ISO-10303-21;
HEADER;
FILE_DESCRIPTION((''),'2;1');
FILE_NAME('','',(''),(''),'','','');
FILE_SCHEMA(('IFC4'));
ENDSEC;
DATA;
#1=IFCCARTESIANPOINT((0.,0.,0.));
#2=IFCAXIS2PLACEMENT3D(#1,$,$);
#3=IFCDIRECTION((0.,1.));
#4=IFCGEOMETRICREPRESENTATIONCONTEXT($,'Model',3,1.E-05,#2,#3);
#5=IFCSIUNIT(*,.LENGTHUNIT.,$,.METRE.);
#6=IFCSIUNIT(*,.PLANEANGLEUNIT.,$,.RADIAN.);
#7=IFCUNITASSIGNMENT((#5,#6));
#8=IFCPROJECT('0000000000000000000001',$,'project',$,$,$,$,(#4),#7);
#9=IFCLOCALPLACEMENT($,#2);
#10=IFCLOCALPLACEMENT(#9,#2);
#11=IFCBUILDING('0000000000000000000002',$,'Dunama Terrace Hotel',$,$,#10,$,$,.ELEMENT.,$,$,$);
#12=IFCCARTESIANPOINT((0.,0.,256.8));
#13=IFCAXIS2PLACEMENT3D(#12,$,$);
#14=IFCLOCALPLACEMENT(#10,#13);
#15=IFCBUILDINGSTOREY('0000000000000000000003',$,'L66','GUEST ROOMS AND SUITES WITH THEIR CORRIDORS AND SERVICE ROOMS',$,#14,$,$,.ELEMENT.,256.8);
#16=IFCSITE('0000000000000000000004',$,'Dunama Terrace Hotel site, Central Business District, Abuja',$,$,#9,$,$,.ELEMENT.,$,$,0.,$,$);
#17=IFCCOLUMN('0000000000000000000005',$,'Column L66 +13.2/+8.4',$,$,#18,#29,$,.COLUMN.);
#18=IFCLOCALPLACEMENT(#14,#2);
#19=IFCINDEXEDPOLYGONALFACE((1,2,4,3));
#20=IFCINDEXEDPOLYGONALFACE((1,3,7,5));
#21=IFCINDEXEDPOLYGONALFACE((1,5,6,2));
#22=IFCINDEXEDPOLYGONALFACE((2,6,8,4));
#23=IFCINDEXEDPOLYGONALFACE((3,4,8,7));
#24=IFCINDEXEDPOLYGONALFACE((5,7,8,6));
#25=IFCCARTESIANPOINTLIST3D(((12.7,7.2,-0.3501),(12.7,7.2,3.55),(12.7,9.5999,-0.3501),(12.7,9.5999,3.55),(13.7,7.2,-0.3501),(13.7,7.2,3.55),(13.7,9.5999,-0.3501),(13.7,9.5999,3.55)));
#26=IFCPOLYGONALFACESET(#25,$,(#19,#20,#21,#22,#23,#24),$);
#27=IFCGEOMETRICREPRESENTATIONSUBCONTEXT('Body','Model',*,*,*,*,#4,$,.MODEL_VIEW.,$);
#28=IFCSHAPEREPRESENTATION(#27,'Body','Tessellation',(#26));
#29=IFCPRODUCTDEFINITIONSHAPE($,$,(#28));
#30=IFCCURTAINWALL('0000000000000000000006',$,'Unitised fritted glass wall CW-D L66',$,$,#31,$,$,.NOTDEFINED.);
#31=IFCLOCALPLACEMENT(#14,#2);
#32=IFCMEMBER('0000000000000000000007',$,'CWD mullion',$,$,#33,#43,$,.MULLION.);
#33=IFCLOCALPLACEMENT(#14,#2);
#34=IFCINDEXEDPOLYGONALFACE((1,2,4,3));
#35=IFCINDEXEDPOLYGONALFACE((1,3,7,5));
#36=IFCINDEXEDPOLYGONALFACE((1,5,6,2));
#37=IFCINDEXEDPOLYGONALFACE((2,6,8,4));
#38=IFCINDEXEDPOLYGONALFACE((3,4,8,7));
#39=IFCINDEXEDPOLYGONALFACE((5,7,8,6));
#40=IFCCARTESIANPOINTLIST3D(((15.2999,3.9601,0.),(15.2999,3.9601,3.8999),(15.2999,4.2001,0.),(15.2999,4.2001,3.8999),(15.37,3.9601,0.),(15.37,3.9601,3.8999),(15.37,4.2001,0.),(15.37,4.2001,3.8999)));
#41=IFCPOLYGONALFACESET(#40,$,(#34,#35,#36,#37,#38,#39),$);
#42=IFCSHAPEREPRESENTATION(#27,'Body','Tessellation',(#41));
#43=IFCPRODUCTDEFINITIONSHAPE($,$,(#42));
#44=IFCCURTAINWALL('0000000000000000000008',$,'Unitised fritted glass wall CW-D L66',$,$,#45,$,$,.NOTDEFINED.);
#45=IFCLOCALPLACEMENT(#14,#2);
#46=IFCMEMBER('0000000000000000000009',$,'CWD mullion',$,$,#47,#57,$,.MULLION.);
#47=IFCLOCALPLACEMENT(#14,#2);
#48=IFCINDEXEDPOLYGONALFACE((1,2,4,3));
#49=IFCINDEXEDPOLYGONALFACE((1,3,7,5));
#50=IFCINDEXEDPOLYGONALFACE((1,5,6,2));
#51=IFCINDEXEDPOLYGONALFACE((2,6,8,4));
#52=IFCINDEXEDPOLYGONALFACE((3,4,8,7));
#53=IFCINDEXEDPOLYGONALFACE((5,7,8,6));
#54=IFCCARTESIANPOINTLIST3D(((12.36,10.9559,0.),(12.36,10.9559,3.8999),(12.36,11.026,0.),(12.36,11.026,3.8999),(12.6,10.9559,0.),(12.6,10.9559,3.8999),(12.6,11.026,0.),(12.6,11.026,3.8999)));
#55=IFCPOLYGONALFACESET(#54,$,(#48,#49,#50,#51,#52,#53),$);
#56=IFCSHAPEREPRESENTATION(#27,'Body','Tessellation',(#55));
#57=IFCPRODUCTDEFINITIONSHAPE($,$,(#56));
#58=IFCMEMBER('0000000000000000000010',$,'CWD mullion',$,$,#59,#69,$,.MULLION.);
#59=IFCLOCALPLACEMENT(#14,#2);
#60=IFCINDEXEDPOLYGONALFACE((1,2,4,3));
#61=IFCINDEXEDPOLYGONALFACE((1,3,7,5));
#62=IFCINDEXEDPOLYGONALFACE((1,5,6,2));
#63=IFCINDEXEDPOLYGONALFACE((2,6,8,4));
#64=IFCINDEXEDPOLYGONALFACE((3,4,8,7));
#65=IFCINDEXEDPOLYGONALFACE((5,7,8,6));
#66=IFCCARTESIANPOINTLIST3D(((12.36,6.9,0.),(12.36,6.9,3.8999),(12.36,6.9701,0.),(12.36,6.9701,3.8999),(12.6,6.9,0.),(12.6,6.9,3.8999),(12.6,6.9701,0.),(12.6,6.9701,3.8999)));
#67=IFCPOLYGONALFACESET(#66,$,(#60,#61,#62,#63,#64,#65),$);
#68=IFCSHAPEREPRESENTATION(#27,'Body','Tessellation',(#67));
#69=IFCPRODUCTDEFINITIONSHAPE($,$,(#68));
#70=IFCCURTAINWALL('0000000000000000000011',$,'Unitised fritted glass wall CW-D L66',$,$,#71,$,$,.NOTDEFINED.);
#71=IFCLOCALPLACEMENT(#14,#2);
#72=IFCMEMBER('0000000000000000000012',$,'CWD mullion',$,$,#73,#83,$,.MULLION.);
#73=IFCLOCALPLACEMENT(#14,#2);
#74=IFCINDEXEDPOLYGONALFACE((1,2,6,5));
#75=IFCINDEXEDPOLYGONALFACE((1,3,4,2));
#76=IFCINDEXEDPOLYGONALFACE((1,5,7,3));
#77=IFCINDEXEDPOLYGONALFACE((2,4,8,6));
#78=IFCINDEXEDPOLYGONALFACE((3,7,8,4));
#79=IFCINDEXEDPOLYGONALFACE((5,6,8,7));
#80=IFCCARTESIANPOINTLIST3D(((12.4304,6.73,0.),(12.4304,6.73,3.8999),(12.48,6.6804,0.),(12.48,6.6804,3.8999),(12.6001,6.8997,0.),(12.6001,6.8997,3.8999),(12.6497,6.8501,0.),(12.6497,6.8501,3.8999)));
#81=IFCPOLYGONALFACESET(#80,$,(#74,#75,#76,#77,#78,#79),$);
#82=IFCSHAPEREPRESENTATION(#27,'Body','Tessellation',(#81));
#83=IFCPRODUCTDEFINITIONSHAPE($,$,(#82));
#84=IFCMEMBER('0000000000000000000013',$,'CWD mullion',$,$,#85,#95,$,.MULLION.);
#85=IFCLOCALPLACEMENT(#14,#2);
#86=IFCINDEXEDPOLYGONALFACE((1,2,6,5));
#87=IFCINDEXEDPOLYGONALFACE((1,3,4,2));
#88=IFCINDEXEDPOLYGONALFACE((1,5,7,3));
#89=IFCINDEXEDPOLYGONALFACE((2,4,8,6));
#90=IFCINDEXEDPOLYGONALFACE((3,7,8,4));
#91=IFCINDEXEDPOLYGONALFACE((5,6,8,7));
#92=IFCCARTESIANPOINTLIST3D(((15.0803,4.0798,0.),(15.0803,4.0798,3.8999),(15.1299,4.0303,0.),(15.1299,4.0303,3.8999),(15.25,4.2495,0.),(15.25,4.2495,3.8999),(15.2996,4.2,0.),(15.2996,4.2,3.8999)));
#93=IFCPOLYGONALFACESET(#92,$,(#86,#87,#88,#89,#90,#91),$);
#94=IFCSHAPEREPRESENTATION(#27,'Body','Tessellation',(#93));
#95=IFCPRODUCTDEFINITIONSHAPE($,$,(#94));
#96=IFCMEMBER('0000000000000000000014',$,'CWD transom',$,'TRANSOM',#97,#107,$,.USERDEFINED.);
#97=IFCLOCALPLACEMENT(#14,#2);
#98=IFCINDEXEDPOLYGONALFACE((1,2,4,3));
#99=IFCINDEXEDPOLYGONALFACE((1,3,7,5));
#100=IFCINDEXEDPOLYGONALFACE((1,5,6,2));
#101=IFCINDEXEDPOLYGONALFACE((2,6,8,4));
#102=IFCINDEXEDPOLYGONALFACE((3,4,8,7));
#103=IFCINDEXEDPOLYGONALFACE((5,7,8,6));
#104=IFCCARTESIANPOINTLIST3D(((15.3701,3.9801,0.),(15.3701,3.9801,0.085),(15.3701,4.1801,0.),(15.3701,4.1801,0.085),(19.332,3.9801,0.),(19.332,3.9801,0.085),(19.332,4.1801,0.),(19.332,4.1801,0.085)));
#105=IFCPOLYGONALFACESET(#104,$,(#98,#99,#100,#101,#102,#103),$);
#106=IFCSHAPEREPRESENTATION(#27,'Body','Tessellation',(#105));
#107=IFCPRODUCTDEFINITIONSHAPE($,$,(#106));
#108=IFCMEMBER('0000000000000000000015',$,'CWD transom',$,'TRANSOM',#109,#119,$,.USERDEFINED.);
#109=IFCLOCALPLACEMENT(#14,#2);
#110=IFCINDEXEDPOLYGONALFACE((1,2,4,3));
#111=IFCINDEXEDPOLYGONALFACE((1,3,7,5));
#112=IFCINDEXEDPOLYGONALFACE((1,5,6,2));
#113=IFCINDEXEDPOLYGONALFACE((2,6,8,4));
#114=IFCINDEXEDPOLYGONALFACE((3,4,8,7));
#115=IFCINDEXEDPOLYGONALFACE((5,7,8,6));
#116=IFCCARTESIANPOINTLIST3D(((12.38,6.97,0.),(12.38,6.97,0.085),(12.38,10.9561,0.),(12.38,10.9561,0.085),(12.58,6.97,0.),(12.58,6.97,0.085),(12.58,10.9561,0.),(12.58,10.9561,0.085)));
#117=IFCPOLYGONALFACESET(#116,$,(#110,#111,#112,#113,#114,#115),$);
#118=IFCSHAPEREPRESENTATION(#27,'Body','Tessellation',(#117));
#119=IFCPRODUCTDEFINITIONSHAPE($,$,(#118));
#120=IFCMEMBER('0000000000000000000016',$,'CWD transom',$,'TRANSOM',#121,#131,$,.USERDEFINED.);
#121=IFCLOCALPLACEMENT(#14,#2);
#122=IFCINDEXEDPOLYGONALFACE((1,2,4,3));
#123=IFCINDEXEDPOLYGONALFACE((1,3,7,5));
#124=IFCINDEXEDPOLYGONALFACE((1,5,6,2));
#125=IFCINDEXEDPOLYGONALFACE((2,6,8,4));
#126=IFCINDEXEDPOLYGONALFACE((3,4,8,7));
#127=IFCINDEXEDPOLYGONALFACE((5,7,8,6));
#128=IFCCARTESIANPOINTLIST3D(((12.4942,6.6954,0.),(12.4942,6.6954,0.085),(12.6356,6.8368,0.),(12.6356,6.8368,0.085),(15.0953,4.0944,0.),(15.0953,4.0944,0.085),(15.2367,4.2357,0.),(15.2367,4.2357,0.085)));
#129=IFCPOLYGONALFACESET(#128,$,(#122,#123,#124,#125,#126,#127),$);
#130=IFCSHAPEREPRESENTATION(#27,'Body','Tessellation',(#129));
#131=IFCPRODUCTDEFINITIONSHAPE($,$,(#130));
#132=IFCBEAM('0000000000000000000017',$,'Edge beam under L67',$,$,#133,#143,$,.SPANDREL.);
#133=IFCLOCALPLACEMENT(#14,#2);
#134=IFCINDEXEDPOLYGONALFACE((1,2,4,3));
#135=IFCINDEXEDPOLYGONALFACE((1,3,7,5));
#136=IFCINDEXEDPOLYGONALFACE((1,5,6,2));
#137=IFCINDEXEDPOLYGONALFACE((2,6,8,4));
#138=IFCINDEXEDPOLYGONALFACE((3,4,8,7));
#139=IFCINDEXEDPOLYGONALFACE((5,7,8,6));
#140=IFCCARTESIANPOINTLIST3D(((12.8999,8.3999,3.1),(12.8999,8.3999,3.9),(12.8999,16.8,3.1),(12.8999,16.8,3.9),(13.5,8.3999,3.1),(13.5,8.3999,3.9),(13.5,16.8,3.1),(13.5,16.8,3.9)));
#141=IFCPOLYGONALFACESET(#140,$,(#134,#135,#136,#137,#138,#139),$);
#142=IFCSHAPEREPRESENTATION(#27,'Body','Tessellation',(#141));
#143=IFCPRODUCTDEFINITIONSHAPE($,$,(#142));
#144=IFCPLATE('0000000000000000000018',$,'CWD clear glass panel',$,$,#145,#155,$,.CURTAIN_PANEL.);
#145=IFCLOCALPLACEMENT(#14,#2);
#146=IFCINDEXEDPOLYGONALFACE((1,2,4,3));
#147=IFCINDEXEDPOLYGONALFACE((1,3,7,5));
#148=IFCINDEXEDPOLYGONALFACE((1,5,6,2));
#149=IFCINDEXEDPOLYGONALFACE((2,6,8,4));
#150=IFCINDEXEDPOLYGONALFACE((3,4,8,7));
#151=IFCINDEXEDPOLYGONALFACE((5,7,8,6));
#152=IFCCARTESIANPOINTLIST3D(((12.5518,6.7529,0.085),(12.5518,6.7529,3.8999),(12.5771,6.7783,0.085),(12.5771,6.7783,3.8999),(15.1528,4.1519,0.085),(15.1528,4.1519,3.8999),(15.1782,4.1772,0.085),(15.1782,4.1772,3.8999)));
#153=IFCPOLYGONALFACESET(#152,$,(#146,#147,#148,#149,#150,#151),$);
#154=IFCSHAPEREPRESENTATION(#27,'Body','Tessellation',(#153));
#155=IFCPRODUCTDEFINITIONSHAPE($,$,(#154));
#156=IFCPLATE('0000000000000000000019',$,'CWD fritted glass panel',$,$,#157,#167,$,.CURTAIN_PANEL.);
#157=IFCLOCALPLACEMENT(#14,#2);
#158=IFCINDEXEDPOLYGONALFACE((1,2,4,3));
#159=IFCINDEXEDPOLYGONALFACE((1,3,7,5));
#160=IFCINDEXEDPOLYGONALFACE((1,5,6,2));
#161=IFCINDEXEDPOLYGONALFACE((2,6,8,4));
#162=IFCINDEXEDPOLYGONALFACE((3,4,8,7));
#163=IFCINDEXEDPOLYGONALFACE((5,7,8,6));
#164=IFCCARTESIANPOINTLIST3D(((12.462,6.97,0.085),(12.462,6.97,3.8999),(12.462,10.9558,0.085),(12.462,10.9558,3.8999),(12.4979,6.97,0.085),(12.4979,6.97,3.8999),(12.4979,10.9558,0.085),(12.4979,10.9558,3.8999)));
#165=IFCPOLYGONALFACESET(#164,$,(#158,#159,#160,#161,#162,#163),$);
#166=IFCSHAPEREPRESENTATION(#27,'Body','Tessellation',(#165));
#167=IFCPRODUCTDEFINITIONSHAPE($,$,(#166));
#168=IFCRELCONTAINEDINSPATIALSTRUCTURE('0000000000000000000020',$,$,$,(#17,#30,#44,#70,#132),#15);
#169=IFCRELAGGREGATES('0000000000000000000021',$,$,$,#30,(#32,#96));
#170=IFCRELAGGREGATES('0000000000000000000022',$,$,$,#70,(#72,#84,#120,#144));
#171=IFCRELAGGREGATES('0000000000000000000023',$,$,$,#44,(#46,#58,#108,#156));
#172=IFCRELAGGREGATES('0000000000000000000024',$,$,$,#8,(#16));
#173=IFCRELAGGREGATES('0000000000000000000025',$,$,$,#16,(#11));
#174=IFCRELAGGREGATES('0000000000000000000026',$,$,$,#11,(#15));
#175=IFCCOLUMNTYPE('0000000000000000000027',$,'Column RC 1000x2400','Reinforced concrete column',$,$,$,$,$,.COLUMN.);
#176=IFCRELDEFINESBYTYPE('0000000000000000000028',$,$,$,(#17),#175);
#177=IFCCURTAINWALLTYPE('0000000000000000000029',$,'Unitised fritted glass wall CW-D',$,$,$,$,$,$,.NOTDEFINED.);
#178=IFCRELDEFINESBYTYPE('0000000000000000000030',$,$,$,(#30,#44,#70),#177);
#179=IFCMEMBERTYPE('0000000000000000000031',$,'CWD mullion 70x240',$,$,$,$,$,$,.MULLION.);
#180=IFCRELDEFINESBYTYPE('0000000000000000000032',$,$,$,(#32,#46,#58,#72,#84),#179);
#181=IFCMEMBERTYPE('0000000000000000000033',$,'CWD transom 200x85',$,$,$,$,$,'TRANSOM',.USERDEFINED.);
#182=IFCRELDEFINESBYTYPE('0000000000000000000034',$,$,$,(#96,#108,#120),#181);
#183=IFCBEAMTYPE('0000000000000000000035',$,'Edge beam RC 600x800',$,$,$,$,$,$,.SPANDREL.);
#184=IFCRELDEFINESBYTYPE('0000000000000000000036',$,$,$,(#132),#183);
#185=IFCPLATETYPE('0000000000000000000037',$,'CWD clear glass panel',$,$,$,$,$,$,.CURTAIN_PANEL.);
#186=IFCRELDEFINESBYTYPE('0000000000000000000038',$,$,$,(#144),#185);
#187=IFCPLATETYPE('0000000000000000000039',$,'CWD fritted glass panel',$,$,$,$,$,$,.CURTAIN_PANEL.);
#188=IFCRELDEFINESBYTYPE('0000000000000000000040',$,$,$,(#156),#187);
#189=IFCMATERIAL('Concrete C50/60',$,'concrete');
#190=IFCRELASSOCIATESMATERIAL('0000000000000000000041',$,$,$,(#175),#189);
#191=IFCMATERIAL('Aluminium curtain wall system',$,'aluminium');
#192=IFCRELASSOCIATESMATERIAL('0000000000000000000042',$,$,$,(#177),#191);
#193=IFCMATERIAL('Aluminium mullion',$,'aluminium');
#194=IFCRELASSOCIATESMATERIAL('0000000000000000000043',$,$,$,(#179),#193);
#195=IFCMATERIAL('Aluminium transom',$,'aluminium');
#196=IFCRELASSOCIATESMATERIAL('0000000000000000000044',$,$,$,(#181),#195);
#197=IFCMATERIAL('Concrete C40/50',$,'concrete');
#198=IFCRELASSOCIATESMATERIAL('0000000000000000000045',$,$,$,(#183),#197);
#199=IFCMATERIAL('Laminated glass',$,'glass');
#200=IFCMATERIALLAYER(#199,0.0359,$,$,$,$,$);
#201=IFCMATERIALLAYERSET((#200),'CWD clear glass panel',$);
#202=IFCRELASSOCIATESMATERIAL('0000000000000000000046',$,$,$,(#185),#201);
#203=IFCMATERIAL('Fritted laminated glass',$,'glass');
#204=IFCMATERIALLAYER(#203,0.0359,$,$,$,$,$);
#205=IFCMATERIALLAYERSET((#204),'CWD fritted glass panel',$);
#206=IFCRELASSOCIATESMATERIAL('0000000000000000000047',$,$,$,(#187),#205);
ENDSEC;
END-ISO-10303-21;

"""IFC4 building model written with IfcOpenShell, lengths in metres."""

from ifc_helpers import new_model, si_unit, direction, frame, origin, origin_2d, place, context, subcontext, project, spatial, rectangle, extrude, material, layer, layer_set, material_profile, profile_set, type_object, element, aggregate, save


model = new_model("IFC4")

# Units and contexts
model_context = context("Model", 3, precision=1e-05, world=origin(), true_north=direction((0.0, 1.0)))
body_context = subcontext(model_context, "Body", "Model", "MODEL_VIEW")
ifc_project = project(units=[si_unit("LENGTHUNIT", "METRE"), si_unit("PLANEANGLEUNIT", "RADIAN")], contexts=[model_context])

# Site, building, storey
site_placement = place(None, origin())
site = spatial("IfcSite", under=ifc_project, at=site_placement, Name="Dunama Terrace Hotel site, Central Business District, Abuja", CompositionType="ELEMENT", RefElevation=0.0)
building_placement = place(site_placement, origin())
building = spatial("IfcBuilding", under=site, at=building_placement, Name="Dunama Terrace Hotel", CompositionType="ELEMENT")
storey_placement = place(building_placement, frame((0.0, 0.0, 256.8)))
storey = spatial("IfcBuildingStorey", under=building, at=storey_placement, Name="L66", Description="GUEST ROOMS AND SUITES WITH THEIR CORRIDORS AND SERVICE ROOMS", CompositionType="ELEMENT", Elevation=256.8)

# Column
ifc_material_1 = material(Name="Concrete C50/60", Category="concrete")
ifc_material_profile_1 = material_profile(ifc_material_1, rectangle(XDim=1.0, YDim=2.3999, at=origin_2d()), Name="RC 1000x2400")
ifc_profile_set_1 = profile_set([ifc_material_profile_1], Name="Concrete C50/60")
column_type = type_object("IfcColumnType", Name="Column RC 1000x2400", Description="Reinforced concrete column", PredefinedType="COLUMN", material=ifc_profile_set_1)
column_placement = place(storey_placement, frame((13.2, 8.3999, -0.3501), z_axis=(0.0, 0.0, 1.0), x_axis=(1.0, 0.0, 0.0)))
element("IfcColumn", 1, at=column_placement, inside=storey, type_object=column_type, Name="Column L66 +13.2/+8.4", PredefinedType="COLUMN", context=body_context, shape_type="SweptSolid", body=[
    extrude(rectangle(XDim=1.0, YDim=2.3999, at=origin_2d()), origin(), (0.0, 0.0, 1.0), 3.9001),
])

# Curtain wall, member
ifc_material_2 = material(Name="Aluminium curtain wall system", Category="aluminium")
curtain_wall_type = type_object("IfcCurtainWallType", Name="Unitised fritted glass wall CW-D", PredefinedType="NOTDEFINED", material=ifc_material_2)
curtain_wall_1_placement = place(storey_placement, origin())
curtain_wall_1 = element("IfcCurtainWall", 2, at=curtain_wall_1_placement, inside=storey, type_object=curtain_wall_type, Name="Unitised fritted glass wall CW-D L66", PredefinedType="NOTDEFINED")
ifc_material_3 = material(Name="Aluminium mullion", Category="aluminium")
ifc_material_profile_2 = material_profile(ifc_material_3, rectangle(XDim=0.0701, YDim=0.24, at=origin_2d()), Name="CWD MULLION 70X240")
ifc_profile_set_2 = profile_set([ifc_material_profile_2], Name="Aluminium mullion")
member_type_1 = type_object("IfcMemberType", Name="CWD mullion 70x240", PredefinedType="MULLION", material=ifc_profile_set_2)
member_1_placement = place(storey_placement, frame((15.335, 4.0801, 0.0), z_axis=(0.0, 0.0, 1.0), x_axis=(1.0, 0.0, 0.0)))
member_1 = element("IfcMember", 3, at=member_1_placement, type_object=member_type_1, Name="CWD mullion", PredefinedType="MULLION", context=body_context, shape_type="SweptSolid", body=[
    extrude(rectangle(XDim=0.0701, YDim=0.24, at=origin_2d()), origin(), (0.0, 0.0, 1.0), 3.8999),
])

# Curtain walls, members
curtain_wall_2_placement = place(storey_placement, origin())
curtain_wall_2 = element("IfcCurtainWall", 4, at=curtain_wall_2_placement, inside=storey, type_object=curtain_wall_type, Name="Unitised fritted glass wall CW-D L66", PredefinedType="NOTDEFINED")
member_2_placement = place(storey_placement, frame((12.48, 10.991, 0.0), z_axis=(0.0, 0.0, 1.0), x_axis=(0.0, -1.0, 0.0)))
member_2 = element("IfcMember", 5, at=member_2_placement, type_object=member_type_1, Name="CWD mullion", PredefinedType="MULLION", context=body_context, shape_type="SweptSolid", body=[
    extrude(rectangle(XDim=0.0701, YDim=0.24, at=origin_2d()), origin(), (0.0, 0.0, 1.0), 3.8999),
])
member_3_placement = place(storey_placement, frame((12.48, 6.9351, 0.0), z_axis=(0.0, 0.0, 1.0), x_axis=(0.0, -1.0, 0.0)))
member_3 = element("IfcMember", 6, at=member_3_placement, type_object=member_type_1, Name="CWD mullion", PredefinedType="MULLION", context=body_context, shape_type="SweptSolid", body=[
    extrude(rectangle(XDim=0.0701, YDim=0.24, at=origin_2d()), origin(), (0.0, 0.0, 1.0), 3.8999),
])
curtain_wall_3_placement = place(storey_placement, origin())
curtain_wall_3 = element("IfcCurtainWall", 7, at=curtain_wall_3_placement, inside=storey, type_object=curtain_wall_type, Name="Unitised fritted glass wall CW-D L66", PredefinedType="NOTDEFINED")
member_4_placement = place(storey_placement, frame((12.54, 6.79, 0.0), z_axis=(0.0, 0.0, 1.0), x_axis=(0.707107, -0.707107, 0.0)))
member_4 = element("IfcMember", 8, at=member_4_placement, type_object=member_type_1, Name="CWD mullion", PredefinedType="MULLION", context=body_context, shape_type="SweptSolid", body=[
    extrude(rectangle(XDim=0.0701, YDim=0.24, at=origin_2d()), origin(), (0.0, 0.0, 1.0), 3.8999),
])
member_5_placement = place(storey_placement, frame((15.1899, 4.1399, 0.0), z_axis=(0.0, 0.0, 1.0), x_axis=(0.707107, -0.707107, 0.0)))
member_5 = element("IfcMember", 9, at=member_5_placement, type_object=member_type_1, Name="CWD mullion", PredefinedType="MULLION", context=body_context, shape_type="SweptSolid", body=[
    extrude(rectangle(XDim=0.0701, YDim=0.24, at=origin_2d()), origin(), (0.0, 0.0, 1.0), 3.8999),
])

# Members
ifc_material_4 = material(Name="Aluminium transom", Category="aluminium")
ifc_material_profile_3 = material_profile(ifc_material_4, rectangle(XDim=0.2, YDim=0.085, at=origin_2d()), Name="CWD TRANSOM 200X85")
ifc_profile_set_3 = profile_set([ifc_material_profile_3], Name="Aluminium transom")
member_type_2 = type_object("IfcMemberType", Name="CWD transom 200x85", ElementType="TRANSOM", PredefinedType="USERDEFINED", material=ifc_profile_set_3)
member_6_placement = place(storey_placement, frame((15.3701, 4.0801, 0.0425), z_axis=(1.0, 0.0, 0.0), x_axis=(0.0, 1.0, 0.0)))
member_6 = element("IfcMember", 10, at=member_6_placement, type_object=member_type_2, Name="CWD transom", ObjectType="TRANSOM", PredefinedType="USERDEFINED", context=body_context, shape_type="SweptSolid", body=[
    extrude(rectangle(XDim=0.2, YDim=0.085, at=origin_2d()), origin(), (0.0, 0.0, 1.0), 3.9619),
])
aggregate(curtain_wall_1, [member_1, member_6])
member_7_placement = place(storey_placement, frame((12.48, 10.9561, 0.0425), z_axis=(0.0, -1.0, 0.0), x_axis=(1.0, 0.0, 0.0)))
member_7 = element("IfcMember", 11, at=member_7_placement, type_object=member_type_2, Name="CWD transom", ObjectType="TRANSOM", PredefinedType="USERDEFINED", context=body_context, shape_type="SweptSolid", body=[
    extrude(rectangle(XDim=0.2, YDim=0.085, at=origin_2d()), origin(), (0.0, 0.0, 1.0), 3.9861),
])
member_8_placement = place(storey_placement, frame((12.5649, 6.7661, 0.0425), z_axis=(0.707107, -0.707107, 0.0), x_axis=(0.707107, 0.707107, 0.0)))
member_8 = element("IfcMember", 12, at=member_8_placement, type_object=member_type_2, Name="CWD transom", ObjectType="TRANSOM", PredefinedType="USERDEFINED", context=body_context, shape_type="SweptSolid", body=[
    extrude(rectangle(XDim=0.2, YDim=0.085, at=origin_2d()), origin(), (0.0, 0.0, 1.0), 3.6785),
])

# Beam
ifc_material_5 = material(Name="Concrete C40/50", Category="concrete")
ifc_material_profile_4 = material_profile(ifc_material_5, rectangle(XDim=0.6001, YDim=0.8, at=origin_2d()), Name="RC 600x800")
ifc_profile_set_4 = profile_set([ifc_material_profile_4], Name="Concrete C40/50")
beam_type = type_object("IfcBeamType", Name="Edge beam RC 600x800", PredefinedType="SPANDREL", material=ifc_profile_set_4)
beam_placement = place(storey_placement, frame((13.2, 8.3999, 3.5), z_axis=(0.0, 1.0, 0.0), x_axis=(-1.0, 0.0, 0.0)))
element("IfcBeam", 13, at=beam_placement, inside=storey, type_object=beam_type, Name="Edge beam under L67", PredefinedType="SPANDREL", context=body_context, shape_type="SweptSolid", body=[
    extrude(rectangle(XDim=0.6001, YDim=0.8, at=origin_2d()), origin(), (0.0, 0.0, 1.0), 8.4001),
])

# Plates
ifc_material_6 = material(Name="Laminated glass", Category="glass")
ifc_layer_1 = layer(ifc_material_6, 0.0359)
ifc_layer_set_1 = layer_set([ifc_layer_1], Name="CWD clear glass panel")
plate_type_1 = type_object("IfcPlateType", Name="CWD clear glass panel", PredefinedType="CURTAIN_PANEL", material=ifc_layer_set_1)
plate_1_placement = place(storey_placement, frame((13.865, 5.4651, 0.085), z_axis=(0.0, 0.0, 1.0), x_axis=(0.707107, -0.707107, 0.0)))
plate_1 = element("IfcPlate", 14, at=plate_1_placement, type_object=plate_type_1, Name="CWD clear glass panel", PredefinedType="CURTAIN_PANEL", context=body_context, shape_type="SweptSolid", body=[
    extrude(rectangle(XDim=3.6785, YDim=0.0359, at=origin_2d()), origin(), (0.0, 0.0, 1.0), 3.8149),
])
aggregate(curtain_wall_3, [member_4, member_5, member_8, plate_1])
ifc_material_7 = material(Name="Fritted laminated glass", Category="glass")
ifc_layer_2 = layer(ifc_material_7, 0.0359)
ifc_layer_set_2 = layer_set([ifc_layer_2], Name="CWD fritted glass panel")
plate_type_2 = type_object("IfcPlateType", Name="CWD fritted glass panel", PredefinedType="CURTAIN_PANEL", material=ifc_layer_set_2)
plate_2_placement = place(storey_placement, frame((12.48, 8.9629, 0.085), z_axis=(0.0, 0.0, 1.0), x_axis=(0.0, -1.0, 0.0)))
plate_2 = element("IfcPlate", 15, at=plate_2_placement, type_object=plate_type_2, Name="CWD fritted glass panel", PredefinedType="CURTAIN_PANEL", context=body_context, shape_type="SweptSolid", body=[
    extrude(rectangle(XDim=3.9858, YDim=0.0359, at=origin_2d()), origin(), (0.0, 0.0, 1.0), 3.8149),
])
aggregate(curtain_wall_2, [member_2, member_3, member_7, plate_2])

save(model, "model.ifc")
